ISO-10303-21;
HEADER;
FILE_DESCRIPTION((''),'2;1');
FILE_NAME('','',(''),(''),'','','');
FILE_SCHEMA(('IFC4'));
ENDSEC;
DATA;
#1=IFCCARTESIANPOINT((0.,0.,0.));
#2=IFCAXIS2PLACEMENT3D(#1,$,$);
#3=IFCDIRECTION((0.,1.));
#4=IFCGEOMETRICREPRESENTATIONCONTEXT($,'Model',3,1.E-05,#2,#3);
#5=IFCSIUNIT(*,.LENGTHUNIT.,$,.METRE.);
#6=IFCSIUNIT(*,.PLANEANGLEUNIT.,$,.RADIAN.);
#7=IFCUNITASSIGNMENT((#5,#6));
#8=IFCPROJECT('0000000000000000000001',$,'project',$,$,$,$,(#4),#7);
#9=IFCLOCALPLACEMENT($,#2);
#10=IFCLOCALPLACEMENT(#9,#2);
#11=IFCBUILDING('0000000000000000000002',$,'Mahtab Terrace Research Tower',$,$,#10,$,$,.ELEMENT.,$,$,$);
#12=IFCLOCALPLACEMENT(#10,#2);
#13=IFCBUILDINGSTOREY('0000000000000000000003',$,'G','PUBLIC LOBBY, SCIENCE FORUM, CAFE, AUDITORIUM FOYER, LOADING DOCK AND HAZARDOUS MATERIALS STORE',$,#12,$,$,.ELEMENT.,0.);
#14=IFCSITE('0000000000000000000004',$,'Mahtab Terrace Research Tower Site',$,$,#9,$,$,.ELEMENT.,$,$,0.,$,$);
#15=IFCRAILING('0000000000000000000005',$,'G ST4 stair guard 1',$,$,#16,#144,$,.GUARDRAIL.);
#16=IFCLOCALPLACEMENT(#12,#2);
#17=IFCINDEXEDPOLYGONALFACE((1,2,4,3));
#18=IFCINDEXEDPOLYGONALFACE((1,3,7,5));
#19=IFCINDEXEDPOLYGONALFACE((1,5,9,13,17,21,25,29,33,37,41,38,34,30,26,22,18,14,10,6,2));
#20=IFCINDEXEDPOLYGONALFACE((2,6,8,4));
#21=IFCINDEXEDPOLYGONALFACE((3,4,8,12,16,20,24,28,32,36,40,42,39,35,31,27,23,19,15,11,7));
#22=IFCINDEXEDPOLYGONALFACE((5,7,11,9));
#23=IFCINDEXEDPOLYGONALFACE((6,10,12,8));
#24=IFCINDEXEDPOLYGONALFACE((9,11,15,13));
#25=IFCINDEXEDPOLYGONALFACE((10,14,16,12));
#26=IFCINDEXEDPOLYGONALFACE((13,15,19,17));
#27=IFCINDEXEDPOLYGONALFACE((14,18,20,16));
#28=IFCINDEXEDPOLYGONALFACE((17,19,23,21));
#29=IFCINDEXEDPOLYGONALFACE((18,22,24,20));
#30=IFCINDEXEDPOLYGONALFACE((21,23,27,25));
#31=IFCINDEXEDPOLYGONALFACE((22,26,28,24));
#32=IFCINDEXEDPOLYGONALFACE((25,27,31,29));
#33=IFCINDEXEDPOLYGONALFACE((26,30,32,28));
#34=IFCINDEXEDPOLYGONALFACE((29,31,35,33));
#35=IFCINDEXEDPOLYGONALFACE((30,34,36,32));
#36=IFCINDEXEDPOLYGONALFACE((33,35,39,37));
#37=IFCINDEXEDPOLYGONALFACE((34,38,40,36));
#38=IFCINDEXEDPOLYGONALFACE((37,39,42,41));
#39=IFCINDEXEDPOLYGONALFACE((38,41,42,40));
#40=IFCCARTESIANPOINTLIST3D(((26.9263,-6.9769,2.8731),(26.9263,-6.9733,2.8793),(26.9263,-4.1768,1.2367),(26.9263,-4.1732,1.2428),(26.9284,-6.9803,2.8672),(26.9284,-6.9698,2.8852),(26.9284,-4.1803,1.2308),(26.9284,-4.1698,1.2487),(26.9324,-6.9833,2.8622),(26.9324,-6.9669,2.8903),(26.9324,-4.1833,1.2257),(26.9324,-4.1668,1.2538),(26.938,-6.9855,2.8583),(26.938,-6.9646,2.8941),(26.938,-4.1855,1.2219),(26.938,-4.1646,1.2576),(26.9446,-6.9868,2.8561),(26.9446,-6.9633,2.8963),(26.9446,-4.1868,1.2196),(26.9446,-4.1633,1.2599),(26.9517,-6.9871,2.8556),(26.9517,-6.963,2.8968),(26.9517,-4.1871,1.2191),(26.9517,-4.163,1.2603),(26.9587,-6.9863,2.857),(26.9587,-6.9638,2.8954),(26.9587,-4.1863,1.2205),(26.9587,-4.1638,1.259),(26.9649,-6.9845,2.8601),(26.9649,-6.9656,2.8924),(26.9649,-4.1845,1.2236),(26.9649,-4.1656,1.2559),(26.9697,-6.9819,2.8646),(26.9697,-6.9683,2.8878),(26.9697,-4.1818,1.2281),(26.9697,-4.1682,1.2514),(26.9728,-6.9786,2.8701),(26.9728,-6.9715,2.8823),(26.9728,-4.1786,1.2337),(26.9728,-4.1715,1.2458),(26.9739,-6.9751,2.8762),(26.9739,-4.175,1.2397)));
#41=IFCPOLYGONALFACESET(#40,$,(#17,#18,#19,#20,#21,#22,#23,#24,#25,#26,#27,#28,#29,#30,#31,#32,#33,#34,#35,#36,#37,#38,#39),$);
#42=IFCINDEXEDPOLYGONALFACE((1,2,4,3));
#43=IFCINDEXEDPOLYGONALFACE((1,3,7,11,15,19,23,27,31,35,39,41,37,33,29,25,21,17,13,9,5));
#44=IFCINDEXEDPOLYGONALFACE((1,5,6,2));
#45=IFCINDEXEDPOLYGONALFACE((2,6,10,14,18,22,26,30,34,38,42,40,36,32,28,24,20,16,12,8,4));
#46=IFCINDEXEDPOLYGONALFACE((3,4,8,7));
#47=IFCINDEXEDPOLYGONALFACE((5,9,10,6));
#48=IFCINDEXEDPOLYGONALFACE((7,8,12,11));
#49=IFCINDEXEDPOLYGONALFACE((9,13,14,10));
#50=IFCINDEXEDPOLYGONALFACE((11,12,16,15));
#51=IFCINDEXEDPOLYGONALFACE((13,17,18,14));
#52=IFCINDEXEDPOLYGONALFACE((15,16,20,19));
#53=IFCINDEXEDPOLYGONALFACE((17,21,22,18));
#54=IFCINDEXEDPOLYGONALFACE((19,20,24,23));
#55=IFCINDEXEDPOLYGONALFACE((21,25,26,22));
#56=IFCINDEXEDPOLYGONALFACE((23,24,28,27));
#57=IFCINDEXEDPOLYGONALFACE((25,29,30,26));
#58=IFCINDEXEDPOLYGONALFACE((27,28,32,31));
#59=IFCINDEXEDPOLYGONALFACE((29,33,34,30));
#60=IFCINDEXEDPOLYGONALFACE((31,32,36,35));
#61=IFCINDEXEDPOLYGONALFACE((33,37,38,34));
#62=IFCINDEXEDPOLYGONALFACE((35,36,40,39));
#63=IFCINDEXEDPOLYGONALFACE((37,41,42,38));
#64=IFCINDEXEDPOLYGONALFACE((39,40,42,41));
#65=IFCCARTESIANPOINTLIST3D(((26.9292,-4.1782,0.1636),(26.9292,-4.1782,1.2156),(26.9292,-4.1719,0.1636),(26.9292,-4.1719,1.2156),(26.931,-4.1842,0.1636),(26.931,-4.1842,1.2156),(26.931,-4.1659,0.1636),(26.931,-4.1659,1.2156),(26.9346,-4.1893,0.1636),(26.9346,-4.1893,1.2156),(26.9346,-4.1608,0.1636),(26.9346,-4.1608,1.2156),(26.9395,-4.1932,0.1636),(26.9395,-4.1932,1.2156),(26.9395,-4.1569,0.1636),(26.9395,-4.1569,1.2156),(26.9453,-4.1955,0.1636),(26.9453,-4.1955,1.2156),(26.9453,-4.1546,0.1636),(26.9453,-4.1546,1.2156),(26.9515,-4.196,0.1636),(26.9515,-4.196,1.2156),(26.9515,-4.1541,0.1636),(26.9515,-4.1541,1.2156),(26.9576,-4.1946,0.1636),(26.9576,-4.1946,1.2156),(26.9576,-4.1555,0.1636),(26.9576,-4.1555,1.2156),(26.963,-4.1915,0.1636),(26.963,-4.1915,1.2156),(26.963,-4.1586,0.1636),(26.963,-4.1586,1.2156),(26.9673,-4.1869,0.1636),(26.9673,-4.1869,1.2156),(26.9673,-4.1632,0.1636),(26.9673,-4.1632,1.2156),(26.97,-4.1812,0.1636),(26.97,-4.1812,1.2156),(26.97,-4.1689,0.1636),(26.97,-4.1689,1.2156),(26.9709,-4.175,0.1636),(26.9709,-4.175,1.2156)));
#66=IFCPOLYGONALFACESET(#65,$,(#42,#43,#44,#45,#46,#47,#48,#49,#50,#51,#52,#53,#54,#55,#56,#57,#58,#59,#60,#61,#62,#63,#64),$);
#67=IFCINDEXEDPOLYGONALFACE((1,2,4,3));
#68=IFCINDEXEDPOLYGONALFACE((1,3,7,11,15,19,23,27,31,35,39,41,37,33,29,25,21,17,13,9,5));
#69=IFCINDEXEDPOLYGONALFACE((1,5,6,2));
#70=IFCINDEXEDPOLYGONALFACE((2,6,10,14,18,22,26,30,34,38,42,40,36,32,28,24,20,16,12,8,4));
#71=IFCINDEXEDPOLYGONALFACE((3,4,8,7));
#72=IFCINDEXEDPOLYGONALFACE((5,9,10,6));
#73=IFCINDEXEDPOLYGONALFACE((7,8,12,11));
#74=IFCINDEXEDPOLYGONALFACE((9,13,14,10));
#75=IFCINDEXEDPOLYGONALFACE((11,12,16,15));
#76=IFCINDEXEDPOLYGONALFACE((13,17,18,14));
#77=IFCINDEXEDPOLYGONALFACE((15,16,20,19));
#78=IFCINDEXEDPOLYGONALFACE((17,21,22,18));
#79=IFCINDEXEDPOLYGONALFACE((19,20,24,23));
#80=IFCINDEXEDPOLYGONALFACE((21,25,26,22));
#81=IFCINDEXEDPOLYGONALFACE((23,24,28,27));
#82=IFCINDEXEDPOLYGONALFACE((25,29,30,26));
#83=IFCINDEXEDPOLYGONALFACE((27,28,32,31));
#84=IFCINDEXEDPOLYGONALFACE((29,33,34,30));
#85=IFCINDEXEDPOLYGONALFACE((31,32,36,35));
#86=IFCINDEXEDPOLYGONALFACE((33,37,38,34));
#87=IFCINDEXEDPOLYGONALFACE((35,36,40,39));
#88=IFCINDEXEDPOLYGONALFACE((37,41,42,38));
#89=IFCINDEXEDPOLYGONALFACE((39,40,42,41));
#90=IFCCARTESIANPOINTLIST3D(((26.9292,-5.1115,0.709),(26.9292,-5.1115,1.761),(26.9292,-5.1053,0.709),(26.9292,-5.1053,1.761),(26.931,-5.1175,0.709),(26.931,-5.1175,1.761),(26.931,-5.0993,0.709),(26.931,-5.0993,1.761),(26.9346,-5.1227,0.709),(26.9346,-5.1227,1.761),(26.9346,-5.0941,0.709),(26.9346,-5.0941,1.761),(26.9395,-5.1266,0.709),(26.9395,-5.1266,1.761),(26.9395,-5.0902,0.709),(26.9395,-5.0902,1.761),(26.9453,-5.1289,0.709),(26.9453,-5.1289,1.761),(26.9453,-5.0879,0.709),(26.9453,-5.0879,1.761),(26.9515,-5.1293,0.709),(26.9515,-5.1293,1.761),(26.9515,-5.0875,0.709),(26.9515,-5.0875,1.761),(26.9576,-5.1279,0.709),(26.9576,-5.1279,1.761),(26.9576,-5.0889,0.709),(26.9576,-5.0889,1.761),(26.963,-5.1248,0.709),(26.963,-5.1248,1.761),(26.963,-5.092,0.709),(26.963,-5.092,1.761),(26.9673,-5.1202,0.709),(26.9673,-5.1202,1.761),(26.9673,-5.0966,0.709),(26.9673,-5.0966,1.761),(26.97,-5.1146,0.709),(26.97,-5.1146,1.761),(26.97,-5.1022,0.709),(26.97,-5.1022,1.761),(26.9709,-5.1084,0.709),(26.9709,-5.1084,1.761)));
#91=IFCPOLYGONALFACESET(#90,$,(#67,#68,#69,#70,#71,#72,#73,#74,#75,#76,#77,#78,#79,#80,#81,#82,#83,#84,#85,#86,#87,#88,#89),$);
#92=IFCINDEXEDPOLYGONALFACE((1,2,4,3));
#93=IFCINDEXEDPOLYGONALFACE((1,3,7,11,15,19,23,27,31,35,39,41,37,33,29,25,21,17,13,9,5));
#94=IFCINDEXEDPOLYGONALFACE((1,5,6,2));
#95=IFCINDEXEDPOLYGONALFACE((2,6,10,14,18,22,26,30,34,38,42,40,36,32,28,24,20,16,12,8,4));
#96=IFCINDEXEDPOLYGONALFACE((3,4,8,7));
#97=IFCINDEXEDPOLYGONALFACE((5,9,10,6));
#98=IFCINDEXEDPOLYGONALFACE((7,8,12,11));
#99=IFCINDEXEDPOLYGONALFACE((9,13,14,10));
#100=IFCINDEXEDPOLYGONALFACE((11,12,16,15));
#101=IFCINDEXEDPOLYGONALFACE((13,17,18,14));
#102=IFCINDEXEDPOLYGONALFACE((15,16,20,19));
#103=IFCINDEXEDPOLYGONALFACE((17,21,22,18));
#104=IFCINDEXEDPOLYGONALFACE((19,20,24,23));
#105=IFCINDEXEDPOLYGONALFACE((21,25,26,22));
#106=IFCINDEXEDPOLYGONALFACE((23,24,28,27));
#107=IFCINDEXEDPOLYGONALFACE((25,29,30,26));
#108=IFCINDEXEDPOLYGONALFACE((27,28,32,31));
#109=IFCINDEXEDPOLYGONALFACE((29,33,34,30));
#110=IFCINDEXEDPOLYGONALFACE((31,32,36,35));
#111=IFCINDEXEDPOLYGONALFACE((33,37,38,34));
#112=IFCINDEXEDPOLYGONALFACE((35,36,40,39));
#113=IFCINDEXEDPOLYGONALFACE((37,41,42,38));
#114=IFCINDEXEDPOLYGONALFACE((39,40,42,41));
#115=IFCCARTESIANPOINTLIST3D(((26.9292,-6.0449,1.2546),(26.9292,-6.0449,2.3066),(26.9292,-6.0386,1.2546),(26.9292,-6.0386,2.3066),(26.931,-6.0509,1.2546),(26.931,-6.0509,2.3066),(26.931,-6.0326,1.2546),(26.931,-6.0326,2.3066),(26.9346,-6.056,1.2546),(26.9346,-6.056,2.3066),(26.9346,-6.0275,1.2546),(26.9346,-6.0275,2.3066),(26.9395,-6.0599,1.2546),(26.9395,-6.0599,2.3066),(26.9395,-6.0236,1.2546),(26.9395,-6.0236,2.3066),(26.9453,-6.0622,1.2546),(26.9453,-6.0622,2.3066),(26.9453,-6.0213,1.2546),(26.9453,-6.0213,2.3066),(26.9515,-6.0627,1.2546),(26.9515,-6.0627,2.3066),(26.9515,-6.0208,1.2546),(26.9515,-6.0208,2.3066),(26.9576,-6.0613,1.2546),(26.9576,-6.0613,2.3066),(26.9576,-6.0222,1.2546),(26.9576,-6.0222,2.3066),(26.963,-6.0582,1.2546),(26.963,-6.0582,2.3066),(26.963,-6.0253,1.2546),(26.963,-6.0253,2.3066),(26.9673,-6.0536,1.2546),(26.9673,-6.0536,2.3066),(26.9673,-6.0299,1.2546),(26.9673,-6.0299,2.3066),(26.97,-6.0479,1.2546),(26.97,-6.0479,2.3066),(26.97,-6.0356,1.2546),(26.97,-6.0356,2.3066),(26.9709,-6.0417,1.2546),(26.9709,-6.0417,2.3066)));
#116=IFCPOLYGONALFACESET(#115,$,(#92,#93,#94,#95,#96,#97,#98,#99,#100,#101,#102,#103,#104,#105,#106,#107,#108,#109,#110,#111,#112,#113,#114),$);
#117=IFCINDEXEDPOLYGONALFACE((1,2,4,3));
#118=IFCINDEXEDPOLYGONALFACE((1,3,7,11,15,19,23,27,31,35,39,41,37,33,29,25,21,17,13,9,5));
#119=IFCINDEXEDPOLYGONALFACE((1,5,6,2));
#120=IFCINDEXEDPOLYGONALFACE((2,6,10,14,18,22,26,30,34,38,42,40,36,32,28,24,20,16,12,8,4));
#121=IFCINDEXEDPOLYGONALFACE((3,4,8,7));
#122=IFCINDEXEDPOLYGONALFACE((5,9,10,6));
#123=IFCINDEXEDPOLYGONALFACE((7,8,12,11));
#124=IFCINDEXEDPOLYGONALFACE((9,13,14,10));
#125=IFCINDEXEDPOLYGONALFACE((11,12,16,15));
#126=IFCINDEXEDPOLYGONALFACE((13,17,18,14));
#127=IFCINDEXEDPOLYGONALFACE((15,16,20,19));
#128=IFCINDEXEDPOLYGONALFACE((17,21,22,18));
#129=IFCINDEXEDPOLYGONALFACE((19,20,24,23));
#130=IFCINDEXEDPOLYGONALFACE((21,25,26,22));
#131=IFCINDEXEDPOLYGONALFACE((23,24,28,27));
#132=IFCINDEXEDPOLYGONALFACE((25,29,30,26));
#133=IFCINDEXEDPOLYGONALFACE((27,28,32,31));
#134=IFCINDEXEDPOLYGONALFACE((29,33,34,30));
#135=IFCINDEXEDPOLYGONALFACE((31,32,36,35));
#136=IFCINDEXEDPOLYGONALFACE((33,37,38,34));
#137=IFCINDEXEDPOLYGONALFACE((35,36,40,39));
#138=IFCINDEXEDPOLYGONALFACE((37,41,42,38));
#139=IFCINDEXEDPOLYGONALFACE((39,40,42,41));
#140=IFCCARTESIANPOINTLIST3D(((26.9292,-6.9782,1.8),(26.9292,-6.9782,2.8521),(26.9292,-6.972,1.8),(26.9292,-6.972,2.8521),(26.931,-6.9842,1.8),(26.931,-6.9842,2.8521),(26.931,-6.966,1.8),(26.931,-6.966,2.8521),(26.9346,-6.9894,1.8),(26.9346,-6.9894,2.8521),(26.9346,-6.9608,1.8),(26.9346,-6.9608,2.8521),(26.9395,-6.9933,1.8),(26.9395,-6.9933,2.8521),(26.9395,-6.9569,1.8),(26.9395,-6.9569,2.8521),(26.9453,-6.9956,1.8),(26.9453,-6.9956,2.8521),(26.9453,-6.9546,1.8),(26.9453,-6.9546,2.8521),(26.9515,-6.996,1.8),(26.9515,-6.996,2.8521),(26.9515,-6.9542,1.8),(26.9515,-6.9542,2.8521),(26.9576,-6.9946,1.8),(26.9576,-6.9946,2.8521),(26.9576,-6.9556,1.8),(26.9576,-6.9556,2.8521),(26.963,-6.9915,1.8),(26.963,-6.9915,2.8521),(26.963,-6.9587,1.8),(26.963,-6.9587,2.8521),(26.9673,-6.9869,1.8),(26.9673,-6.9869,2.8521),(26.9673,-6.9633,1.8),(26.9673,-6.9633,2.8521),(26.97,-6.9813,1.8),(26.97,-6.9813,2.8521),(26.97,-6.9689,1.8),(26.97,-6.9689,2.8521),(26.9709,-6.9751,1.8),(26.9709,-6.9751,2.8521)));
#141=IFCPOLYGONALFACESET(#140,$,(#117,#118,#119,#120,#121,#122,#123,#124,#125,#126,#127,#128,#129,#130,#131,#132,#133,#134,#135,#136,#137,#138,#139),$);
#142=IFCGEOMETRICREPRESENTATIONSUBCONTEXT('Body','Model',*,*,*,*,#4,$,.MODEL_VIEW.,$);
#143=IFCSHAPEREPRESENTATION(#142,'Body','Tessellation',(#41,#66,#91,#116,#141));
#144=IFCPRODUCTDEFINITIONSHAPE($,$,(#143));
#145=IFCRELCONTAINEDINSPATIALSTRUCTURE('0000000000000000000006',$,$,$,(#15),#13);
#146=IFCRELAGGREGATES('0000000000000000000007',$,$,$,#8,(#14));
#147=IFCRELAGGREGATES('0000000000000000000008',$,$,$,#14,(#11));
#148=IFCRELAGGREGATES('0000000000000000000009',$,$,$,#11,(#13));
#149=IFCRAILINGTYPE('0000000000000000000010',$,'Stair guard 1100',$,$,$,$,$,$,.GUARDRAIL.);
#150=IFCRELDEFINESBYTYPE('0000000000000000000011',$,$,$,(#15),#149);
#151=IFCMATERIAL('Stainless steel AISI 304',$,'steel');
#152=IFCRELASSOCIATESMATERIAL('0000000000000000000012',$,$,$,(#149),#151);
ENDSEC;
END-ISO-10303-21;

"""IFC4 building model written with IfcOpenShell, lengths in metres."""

from ifc_helpers import new_model, si_unit, direction, frame, origin, origin_2d, place, context, subcontext, project, spatial, circle, extrude, material, type_object, element, save


model = new_model("IFC4")

# Units and contexts
model_context = context("Model", 3, precision=1e-05, world=origin(), true_north=direction((0.0, 1.0)))
body_context = subcontext(model_context, "Body", "Model", "MODEL_VIEW")
ifc_project = project(units=[si_unit("LENGTHUNIT", "METRE"), si_unit("PLANEANGLEUNIT", "RADIAN")], contexts=[model_context])

# Site, building, storey
site_placement = place(None, origin())
site = spatial("IfcSite", under=ifc_project, at=site_placement, Name="Mahtab Terrace Research Tower Site", CompositionType="ELEMENT", RefElevation=0.0)
building_placement = place(site_placement, origin())
building = spatial("IfcBuilding", under=site, at=building_placement, Name="Mahtab Terrace Research Tower", CompositionType="ELEMENT")
storey_placement = place(building_placement, origin())
storey = spatial("IfcBuildingStorey", under=building, at=storey_placement, Name="G", Description="PUBLIC LOBBY, SCIENCE FORUM, CAFE, AUDITORIUM FOYER, LOADING DOCK AND HAZARDOUS MATERIALS STORE", CompositionType="ELEMENT", Elevation=0.0)

# Railing
ifc_material_1 = material(Name="Stainless steel AISI 304", Category="steel")
railing_type_1 = type_object("IfcRailingType", Name="Stair guard 1100", PredefinedType="GUARDRAIL", material=ifc_material_1)
railing_1_placement = place(storey_placement, frame((26.95, -4.175, 0.1636)))
element("IfcRailing", 1, at=railing_1_placement, inside=storey, type_object=railing_type_1, Name="G ST4 stair guard 1", PredefinedType="GUARDRAIL", context=body_context, shape_type="SweptSolid", body=[
    extrude(circle(Radius=0.0239, at=origin_2d()), frame((0.0, 0.0, 1.0762), z_axis=(0.0, -0.863361, 0.504587), x_axis=(1.0, 0.0, 0.0)), (0.0, 0.0, 1.0), 3.2432),
    extrude(circle(Radius=0.021, at=origin_2d()), origin(), (0.0, 0.0, 1.0), 1.052),
    extrude(circle(Radius=0.021, at=origin_2d()), frame((0.0, -0.9333, 0.5454)), (0.0, 0.0, 1.0), 1.052),
    extrude(circle(Radius=0.021, at=origin_2d()), frame((0.0, -1.8667, 1.0911)), (0.0, 0.0, 1.0), 1.052),
    extrude(circle(Radius=0.021, at=origin_2d()), frame((0.0, -2.8, 1.6365)), (0.0, 0.0, 1.0), 1.052),
])

save(model, "model.ifc")
